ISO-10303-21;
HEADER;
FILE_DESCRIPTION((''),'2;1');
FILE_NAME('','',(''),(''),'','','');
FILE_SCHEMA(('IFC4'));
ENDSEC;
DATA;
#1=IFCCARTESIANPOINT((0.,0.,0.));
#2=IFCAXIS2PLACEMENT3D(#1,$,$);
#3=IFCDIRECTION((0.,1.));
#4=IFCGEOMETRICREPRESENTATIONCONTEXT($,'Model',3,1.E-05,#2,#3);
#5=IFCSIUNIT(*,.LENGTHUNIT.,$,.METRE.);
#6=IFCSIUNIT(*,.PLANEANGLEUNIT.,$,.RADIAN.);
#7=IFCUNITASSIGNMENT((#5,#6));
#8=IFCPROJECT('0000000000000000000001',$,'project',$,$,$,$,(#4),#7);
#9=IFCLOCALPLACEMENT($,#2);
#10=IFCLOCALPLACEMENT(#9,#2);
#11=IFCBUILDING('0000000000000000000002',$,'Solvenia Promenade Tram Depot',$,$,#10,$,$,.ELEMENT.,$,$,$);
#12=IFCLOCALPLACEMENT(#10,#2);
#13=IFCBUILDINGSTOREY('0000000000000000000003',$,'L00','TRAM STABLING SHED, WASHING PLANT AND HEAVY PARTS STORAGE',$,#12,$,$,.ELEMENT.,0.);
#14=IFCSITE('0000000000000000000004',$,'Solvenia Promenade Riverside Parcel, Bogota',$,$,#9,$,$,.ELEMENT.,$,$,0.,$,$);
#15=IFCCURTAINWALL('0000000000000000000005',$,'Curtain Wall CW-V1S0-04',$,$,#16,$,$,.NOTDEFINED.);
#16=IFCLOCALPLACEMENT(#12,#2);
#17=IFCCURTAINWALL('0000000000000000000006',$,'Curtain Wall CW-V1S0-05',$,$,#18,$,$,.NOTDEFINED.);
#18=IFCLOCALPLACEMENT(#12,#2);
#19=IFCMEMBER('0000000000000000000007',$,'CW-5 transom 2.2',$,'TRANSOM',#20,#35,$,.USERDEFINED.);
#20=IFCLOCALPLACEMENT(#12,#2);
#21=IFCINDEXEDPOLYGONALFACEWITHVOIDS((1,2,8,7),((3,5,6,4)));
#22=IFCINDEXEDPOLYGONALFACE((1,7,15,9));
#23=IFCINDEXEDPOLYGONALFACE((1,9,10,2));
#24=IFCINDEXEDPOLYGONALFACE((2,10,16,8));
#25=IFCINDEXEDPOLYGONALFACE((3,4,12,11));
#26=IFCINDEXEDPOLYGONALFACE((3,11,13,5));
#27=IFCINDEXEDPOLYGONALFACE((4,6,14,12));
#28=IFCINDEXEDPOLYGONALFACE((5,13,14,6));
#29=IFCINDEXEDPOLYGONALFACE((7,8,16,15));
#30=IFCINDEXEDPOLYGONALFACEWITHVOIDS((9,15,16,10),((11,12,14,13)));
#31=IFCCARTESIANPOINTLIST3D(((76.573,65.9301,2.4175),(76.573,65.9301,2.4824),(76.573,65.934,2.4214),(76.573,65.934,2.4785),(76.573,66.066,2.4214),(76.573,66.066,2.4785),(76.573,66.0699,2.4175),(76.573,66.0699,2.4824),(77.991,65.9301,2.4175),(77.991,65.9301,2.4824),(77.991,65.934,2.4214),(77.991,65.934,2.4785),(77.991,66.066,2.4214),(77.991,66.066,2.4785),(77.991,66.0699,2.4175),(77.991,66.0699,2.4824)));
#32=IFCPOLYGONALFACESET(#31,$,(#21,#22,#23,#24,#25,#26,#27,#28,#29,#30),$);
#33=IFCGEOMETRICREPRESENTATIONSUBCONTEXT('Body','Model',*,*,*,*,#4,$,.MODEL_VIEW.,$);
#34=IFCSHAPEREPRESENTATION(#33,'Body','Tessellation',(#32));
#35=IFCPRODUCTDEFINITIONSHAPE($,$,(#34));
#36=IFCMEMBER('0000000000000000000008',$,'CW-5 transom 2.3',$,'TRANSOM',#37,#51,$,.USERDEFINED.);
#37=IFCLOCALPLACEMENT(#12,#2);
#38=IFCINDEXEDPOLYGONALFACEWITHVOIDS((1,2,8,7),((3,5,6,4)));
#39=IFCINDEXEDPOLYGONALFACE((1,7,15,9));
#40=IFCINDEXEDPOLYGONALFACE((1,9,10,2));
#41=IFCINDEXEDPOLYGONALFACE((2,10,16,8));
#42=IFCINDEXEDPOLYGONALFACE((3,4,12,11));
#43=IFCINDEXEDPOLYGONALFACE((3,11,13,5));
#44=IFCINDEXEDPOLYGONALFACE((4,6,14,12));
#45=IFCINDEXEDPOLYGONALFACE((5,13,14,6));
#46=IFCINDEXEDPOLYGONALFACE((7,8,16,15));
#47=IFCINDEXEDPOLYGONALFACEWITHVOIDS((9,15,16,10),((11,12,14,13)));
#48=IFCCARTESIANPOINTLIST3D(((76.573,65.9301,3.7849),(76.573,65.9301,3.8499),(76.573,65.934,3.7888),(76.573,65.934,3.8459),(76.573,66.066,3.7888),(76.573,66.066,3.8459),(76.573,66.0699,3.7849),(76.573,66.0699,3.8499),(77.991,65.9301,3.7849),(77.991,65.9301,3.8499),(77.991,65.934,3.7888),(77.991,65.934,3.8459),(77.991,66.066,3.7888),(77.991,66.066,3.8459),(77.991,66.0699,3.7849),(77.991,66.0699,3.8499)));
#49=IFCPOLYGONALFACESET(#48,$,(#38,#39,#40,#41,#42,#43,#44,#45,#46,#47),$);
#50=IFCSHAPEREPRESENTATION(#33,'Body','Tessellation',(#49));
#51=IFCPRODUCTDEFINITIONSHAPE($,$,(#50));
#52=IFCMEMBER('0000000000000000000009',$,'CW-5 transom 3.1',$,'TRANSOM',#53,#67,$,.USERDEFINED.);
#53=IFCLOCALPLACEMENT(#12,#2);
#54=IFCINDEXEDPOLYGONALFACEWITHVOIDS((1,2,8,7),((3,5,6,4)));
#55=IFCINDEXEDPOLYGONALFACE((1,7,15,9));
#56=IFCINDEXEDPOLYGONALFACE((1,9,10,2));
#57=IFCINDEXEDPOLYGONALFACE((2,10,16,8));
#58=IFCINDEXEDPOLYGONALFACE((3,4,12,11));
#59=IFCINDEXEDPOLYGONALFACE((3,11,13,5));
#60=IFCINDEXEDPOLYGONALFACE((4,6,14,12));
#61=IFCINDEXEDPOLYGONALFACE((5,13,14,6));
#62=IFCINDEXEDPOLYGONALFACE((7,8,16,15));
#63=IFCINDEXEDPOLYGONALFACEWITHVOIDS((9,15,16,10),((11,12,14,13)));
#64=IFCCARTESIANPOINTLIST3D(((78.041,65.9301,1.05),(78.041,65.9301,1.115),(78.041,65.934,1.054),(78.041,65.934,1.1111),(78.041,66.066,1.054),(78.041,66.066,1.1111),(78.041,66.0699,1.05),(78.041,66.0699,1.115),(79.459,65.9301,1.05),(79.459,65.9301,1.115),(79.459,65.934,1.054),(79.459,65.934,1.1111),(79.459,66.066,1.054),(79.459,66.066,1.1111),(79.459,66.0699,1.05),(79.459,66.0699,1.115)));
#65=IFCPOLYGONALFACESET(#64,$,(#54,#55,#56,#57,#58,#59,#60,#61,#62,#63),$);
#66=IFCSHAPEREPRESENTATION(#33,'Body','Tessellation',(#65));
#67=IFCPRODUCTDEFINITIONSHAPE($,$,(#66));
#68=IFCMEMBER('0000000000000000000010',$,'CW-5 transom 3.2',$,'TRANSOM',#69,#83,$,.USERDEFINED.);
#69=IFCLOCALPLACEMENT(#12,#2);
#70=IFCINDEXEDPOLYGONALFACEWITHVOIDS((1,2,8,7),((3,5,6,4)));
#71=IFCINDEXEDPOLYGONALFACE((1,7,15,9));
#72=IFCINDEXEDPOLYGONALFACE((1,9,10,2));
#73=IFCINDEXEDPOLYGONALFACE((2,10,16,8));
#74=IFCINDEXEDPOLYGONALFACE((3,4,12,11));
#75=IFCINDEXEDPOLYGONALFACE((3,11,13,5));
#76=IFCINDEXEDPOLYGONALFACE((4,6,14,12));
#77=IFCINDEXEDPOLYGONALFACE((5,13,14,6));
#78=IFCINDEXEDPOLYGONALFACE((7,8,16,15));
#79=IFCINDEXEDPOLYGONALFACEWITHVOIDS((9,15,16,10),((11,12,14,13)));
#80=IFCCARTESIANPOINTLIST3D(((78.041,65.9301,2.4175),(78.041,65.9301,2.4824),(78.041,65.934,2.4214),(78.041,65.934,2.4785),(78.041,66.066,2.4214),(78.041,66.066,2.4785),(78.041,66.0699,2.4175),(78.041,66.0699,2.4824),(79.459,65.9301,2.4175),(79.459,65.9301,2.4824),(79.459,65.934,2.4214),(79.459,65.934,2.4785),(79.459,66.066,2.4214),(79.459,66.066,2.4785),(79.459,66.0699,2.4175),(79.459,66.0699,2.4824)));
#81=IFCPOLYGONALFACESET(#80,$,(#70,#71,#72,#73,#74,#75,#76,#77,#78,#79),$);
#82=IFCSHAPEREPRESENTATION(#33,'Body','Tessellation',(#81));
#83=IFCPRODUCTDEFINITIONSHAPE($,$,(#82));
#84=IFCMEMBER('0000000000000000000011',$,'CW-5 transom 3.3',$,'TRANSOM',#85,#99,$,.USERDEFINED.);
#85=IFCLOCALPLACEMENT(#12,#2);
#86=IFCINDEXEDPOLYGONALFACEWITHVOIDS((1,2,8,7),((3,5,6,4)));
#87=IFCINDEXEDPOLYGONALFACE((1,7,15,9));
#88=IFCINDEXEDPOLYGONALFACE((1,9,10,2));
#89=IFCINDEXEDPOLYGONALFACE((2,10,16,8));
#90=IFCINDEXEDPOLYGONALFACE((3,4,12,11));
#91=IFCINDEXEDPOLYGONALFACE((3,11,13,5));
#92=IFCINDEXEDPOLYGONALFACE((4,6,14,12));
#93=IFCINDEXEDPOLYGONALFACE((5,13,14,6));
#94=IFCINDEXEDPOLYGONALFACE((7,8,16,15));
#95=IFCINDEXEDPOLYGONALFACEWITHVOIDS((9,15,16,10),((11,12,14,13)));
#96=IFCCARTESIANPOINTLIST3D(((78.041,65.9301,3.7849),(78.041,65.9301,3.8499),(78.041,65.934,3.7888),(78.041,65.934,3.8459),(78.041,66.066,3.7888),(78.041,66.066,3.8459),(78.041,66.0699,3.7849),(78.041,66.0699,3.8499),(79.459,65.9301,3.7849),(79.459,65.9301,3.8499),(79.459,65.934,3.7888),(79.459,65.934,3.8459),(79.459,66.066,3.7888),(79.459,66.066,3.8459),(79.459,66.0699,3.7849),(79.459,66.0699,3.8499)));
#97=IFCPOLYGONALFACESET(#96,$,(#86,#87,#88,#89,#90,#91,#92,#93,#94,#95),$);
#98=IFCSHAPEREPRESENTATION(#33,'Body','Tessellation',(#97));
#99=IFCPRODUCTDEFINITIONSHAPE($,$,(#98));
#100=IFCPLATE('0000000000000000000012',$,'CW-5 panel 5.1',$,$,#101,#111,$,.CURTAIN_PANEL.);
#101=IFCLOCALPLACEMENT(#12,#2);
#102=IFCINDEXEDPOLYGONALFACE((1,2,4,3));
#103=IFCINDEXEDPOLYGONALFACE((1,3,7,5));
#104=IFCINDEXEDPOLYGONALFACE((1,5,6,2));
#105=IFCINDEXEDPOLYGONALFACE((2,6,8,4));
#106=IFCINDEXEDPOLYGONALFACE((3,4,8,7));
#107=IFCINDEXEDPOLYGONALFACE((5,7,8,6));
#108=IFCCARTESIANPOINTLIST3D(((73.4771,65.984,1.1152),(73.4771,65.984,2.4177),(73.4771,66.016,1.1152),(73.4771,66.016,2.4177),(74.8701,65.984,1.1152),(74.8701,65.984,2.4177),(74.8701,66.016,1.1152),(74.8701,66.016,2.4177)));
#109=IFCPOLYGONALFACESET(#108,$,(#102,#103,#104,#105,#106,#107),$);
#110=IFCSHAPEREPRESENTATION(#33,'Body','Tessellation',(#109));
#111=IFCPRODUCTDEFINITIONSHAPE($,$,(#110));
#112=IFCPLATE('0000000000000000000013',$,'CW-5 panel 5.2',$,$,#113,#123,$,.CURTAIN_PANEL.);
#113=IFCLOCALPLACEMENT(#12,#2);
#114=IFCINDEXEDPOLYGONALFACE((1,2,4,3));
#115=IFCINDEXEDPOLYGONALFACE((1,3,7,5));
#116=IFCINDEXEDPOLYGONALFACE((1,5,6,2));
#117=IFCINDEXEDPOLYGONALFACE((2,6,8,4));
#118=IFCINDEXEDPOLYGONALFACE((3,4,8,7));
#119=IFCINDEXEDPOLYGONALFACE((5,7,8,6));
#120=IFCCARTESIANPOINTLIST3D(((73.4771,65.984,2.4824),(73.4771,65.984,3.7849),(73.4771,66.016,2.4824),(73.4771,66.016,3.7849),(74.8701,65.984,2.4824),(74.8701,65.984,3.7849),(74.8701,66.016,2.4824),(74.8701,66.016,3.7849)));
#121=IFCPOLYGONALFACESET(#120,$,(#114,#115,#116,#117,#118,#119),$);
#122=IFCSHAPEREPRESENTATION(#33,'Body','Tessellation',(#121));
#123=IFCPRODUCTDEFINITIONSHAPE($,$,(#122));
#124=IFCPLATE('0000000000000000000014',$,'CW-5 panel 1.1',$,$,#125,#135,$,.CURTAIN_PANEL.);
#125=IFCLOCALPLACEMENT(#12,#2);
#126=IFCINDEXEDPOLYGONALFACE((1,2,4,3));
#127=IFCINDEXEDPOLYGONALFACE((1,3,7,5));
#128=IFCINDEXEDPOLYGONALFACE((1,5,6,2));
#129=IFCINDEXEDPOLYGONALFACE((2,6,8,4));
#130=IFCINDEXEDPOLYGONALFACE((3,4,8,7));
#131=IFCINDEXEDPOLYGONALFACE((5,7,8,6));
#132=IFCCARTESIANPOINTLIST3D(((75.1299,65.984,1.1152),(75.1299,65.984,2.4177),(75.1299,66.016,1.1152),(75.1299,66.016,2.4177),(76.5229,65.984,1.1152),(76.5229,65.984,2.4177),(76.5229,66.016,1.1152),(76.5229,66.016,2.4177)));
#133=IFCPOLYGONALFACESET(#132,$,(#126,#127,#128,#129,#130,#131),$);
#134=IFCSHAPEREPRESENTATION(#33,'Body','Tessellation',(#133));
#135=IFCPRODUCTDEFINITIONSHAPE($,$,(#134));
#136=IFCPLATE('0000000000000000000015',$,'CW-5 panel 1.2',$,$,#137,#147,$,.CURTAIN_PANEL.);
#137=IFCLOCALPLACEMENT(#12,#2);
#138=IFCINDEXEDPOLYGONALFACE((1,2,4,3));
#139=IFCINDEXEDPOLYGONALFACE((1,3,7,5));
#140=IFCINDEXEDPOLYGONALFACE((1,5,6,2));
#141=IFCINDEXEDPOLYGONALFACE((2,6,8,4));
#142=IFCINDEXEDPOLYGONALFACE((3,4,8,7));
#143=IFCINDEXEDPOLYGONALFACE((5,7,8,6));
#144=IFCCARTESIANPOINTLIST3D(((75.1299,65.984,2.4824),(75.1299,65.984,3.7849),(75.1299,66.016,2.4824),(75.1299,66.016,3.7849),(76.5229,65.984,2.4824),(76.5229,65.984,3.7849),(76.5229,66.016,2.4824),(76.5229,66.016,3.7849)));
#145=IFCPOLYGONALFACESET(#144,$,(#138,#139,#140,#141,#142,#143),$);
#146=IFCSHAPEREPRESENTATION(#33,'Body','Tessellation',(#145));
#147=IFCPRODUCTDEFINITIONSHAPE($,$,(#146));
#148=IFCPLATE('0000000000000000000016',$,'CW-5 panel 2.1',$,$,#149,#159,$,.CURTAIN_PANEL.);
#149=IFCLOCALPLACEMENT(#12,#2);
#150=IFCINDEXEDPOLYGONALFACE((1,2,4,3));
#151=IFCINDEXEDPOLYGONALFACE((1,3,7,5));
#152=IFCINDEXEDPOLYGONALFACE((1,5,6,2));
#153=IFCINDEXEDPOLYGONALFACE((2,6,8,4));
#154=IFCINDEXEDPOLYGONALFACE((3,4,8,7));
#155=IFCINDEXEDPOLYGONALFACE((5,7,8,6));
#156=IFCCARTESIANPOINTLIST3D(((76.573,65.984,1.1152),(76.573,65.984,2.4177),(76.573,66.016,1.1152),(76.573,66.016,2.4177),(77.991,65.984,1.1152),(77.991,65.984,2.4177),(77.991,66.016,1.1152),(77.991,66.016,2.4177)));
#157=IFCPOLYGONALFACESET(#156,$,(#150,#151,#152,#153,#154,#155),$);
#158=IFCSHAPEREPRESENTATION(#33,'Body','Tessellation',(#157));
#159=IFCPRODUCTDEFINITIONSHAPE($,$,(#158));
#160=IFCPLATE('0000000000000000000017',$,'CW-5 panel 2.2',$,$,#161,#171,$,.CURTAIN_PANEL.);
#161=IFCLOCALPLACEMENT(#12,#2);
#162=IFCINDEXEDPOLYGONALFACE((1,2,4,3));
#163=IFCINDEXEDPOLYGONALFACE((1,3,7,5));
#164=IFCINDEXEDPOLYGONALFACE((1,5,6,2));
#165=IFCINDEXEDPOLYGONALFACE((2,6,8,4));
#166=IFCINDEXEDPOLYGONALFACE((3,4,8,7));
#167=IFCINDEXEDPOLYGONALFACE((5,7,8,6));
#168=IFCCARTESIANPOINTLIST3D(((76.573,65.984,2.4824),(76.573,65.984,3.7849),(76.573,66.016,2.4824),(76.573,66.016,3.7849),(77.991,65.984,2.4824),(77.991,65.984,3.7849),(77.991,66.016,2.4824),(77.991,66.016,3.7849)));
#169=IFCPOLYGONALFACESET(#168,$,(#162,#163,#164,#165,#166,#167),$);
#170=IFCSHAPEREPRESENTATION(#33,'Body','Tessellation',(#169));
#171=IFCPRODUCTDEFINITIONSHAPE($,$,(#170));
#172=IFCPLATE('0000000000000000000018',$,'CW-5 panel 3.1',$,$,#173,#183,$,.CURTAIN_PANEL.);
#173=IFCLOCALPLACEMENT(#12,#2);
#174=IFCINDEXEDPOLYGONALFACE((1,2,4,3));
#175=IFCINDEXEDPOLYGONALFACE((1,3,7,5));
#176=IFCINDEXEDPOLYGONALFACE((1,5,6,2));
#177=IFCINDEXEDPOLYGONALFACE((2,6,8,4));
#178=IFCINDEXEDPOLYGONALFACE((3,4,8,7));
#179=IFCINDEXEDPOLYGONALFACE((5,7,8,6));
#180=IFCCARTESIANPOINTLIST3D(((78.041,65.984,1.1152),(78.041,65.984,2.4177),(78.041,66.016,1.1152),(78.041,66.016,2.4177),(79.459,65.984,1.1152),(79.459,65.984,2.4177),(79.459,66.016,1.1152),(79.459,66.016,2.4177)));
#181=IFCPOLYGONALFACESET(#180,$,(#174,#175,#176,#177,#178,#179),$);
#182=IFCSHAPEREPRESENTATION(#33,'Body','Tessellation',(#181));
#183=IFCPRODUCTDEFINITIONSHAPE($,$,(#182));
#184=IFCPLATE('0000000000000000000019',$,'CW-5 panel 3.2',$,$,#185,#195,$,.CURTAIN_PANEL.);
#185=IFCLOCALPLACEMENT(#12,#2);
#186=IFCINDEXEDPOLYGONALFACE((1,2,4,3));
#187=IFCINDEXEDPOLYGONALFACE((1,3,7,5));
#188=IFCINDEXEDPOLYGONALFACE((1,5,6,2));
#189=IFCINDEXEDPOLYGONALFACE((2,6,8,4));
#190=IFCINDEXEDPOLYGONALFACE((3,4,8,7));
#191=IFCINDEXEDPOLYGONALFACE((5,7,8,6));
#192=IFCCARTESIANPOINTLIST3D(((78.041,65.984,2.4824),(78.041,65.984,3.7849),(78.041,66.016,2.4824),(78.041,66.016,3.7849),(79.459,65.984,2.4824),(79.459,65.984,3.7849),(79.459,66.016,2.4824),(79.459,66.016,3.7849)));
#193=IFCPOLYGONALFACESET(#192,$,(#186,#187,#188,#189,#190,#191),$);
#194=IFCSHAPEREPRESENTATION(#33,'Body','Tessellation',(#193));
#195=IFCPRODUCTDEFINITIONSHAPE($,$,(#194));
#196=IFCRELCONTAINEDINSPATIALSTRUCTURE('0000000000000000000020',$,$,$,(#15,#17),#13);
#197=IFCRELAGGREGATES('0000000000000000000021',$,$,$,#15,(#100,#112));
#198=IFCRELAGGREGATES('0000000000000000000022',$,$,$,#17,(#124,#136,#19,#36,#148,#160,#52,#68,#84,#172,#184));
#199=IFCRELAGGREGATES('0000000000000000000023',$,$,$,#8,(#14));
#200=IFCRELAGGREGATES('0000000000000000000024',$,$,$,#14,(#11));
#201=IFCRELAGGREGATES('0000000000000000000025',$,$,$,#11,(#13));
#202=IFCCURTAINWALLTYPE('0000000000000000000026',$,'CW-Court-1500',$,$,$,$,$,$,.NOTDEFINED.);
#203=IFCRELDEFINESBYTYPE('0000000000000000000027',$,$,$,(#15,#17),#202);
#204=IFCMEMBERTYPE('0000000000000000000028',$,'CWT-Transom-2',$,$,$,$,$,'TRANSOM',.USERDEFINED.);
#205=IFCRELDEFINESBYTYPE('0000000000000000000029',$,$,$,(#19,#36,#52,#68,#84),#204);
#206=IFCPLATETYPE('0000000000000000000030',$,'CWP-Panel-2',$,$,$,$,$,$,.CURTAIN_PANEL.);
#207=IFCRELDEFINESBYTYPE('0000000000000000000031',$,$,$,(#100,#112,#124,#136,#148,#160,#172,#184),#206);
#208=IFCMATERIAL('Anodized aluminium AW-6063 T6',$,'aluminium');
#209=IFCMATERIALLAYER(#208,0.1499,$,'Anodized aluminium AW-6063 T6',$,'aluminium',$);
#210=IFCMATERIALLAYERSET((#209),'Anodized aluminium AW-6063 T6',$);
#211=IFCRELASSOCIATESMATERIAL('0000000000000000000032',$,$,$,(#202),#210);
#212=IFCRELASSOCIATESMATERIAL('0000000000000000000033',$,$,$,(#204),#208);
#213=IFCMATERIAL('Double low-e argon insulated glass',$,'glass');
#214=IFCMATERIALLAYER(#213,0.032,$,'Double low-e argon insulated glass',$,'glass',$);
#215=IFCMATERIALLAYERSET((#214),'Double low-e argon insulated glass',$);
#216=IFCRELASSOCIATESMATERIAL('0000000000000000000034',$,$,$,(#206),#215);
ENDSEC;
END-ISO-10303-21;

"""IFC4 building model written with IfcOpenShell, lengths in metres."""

from ifc_helpers import new_model, si_unit, direction, frame, origin, origin_2d, place, context, subcontext, project, spatial, rectangle, hollow_rectangle, extrude, material, layer, layer_set, material_profile, profile_set, type_object, element, aggregate, save


model = new_model("IFC4")

# Units and contexts
model_context = context("Model", 3, precision=1e-05, world=origin(), true_north=direction((0.0, 1.0)))
body_context = subcontext(model_context, "Body", "Model", "MODEL_VIEW")
ifc_project = project(units=[si_unit("LENGTHUNIT", "METRE"), si_unit("PLANEANGLEUNIT", "RADIAN")], contexts=[model_context])

# Site, building, storey
site_placement = place(None, origin())
site = spatial("IfcSite", under=ifc_project, at=site_placement, Name="Solvenia Promenade Riverside Parcel, Bogota", CompositionType="ELEMENT", RefElevation=0.0)
building_placement = place(site_placement, origin())
building = spatial("IfcBuilding", under=site, at=building_placement, Name="Solvenia Promenade Tram Depot", CompositionType="ELEMENT")
storey_placement = place(building_placement, origin())
storey = spatial("IfcBuildingStorey", under=building, at=storey_placement, Name="L00", Description="TRAM STABLING SHED, WASHING PLANT AND HEAVY PARTS STORAGE", CompositionType="ELEMENT", Elevation=0.0)

# Curtain walls
ifc_material_1 = material(Name="Anodized aluminium AW-6063 T6", Category="aluminium")
ifc_layer_1 = layer(ifc_material_1, 0.1499, Name="Anodized aluminium AW-6063 T6", Category="aluminium")
ifc_layer_set_1 = layer_set([ifc_layer_1], Name="Anodized aluminium AW-6063 T6")
curtain_wall_type = type_object("IfcCurtainWallType", Name="CW-Court-1500", PredefinedType="NOTDEFINED", material=ifc_layer_set_1)
curtain_wall_1_placement = place(storey_placement, origin())
curtain_wall_1 = element("IfcCurtainWall", 1, at=curtain_wall_1_placement, inside=storey, type_object=curtain_wall_type, Name="Curtain Wall CW-V1S0-04", PredefinedType="NOTDEFINED")
curtain_wall_2_placement = place(storey_placement, origin())
curtain_wall_2 = element("IfcCurtainWall", 2, at=curtain_wall_2_placement, inside=storey, type_object=curtain_wall_type, Name="Curtain Wall CW-V1S0-05", PredefinedType="NOTDEFINED")

# Members
ifc_material_profile_1 = material_profile(ifc_material_1, hollow_rectangle(XDim=0.1399, YDim=0.0649, WallThickness=0.0039, at=origin_2d()), Name="ALU-T2", Category="aluminium")
ifc_profile_set_1 = profile_set([ifc_material_profile_1], Name="Anodized aluminium AW-6063 T6")
member_type_1 = type_object("IfcMemberType", Name="CWT-Transom-2", ElementType="TRANSOM", PredefinedType="USERDEFINED", material=ifc_profile_set_1)
member_1_placement = place(storey_placement, frame((76.573, 66.0, 2.45), z_axis=(1.0, 0.0, 0.0), x_axis=(0.0, 1.0, 0.0)))
member_1 = element("IfcMember", 3, at=member_1_placement, type_object=member_type_1, Name="CW-5 transom 2.2", ObjectType="TRANSOM", PredefinedType="USERDEFINED", context=body_context, shape_type="SweptSolid", body=[
    extrude(hollow_rectangle(XDim=0.1399, YDim=0.0649, WallThickness=0.0039, at=origin_2d()), origin(), (0.0, 0.0, 1.0), 1.418),
])
member_2_placement = place(storey_placement, frame((76.573, 66.0, 3.8174), z_axis=(1.0, 0.0, 0.0), x_axis=(0.0, 1.0, 0.0)))
member_2 = element("IfcMember", 4, at=member_2_placement, type_object=member_type_1, Name="CW-5 transom 2.3", ObjectType="TRANSOM", PredefinedType="USERDEFINED", context=body_context, shape_type="SweptSolid", body=[
    extrude(hollow_rectangle(XDim=0.1399, YDim=0.0649, WallThickness=0.0039, at=origin_2d()), origin(), (0.0, 0.0, 1.0), 1.418),
])
member_3_placement = place(storey_placement, frame((78.041, 66.0, 1.0825), z_axis=(1.0, 0.0, 0.0), x_axis=(0.0, 1.0, 0.0)))
member_3 = element("IfcMember", 5, at=member_3_placement, type_object=member_type_1, Name="CW-5 transom 3.1", ObjectType="TRANSOM", PredefinedType="USERDEFINED", context=body_context, shape_type="SweptSolid", body=[
    extrude(hollow_rectangle(XDim=0.1399, YDim=0.0649, WallThickness=0.0039, at=origin_2d()), origin(), (0.0, 0.0, 1.0), 1.418),
])
member_4_placement = place(storey_placement, frame((78.041, 66.0, 2.45), z_axis=(1.0, 0.0, 0.0), x_axis=(0.0, 1.0, 0.0)))
member_4 = element("IfcMember", 6, at=member_4_placement, type_object=member_type_1, Name="CW-5 transom 3.2", ObjectType="TRANSOM", PredefinedType="USERDEFINED", context=body_context, shape_type="SweptSolid", body=[
    extrude(hollow_rectangle(XDim=0.1399, YDim=0.0649, WallThickness=0.0039, at=origin_2d()), origin(), (0.0, 0.0, 1.0), 1.418),
])
member_5_placement = place(storey_placement, frame((78.041, 66.0, 3.8174), z_axis=(1.0, 0.0, 0.0), x_axis=(0.0, 1.0, 0.0)))
member_5 = element("IfcMember", 7, at=member_5_placement, type_object=member_type_1, Name="CW-5 transom 3.3", ObjectType="TRANSOM", PredefinedType="USERDEFINED", context=body_context, shape_type="SweptSolid", body=[
    extrude(hollow_rectangle(XDim=0.1399, YDim=0.0649, WallThickness=0.0039, at=origin_2d()), origin(), (0.0, 0.0, 1.0), 1.418),
])

# Plates
ifc_material_2 = material(Name="Double low-e argon insulated glass", Category="glass")
ifc_layer_2 = layer(ifc_material_2, 0.032, Name="Double low-e argon insulated glass", Category="glass")
ifc_layer_set_2 = layer_set([ifc_layer_2], Name="Double low-e argon insulated glass")
plate_type = type_object("IfcPlateType", Name="CWP-Panel-2", PredefinedType="CURTAIN_PANEL", material=ifc_layer_set_2)
plate_1_placement = place(storey_placement, frame((74.1736, 66.0, 1.1152), z_axis=(0.0, 0.0, 1.0), x_axis=(1.0, 0.0, 0.0)))
plate_1 = element("IfcPlate", 8, at=plate_1_placement, type_object=plate_type, Name="CW-5 panel 5.1", PredefinedType="CURTAIN_PANEL", context=body_context, shape_type="SweptSolid", body=[
    extrude(rectangle(XDim=1.3931, YDim=0.032, at=origin_2d()), origin(), (0.0, 0.0, 1.0), 1.3025),
])
plate_2_placement = place(storey_placement, frame((74.1736, 66.0, 2.4824), z_axis=(0.0, 0.0, 1.0), x_axis=(1.0, 0.0, 0.0)))
plate_2 = element("IfcPlate", 9, at=plate_2_placement, type_object=plate_type, Name="CW-5 panel 5.2", PredefinedType="CURTAIN_PANEL", context=body_context, shape_type="SweptSolid", body=[
    extrude(rectangle(XDim=1.3931, YDim=0.032, at=origin_2d()), origin(), (0.0, 0.0, 1.0), 1.3025),
])
aggregate(curtain_wall_1, [plate_1, plate_2])
plate_3_placement = place(storey_placement, frame((75.8264, 66.0, 1.1152), z_axis=(0.0, 0.0, 1.0), x_axis=(1.0, 0.0, 0.0)))
plate_3 = element("IfcPlate", 10, at=plate_3_placement, type_object=plate_type, Name="CW-5 panel 1.1", PredefinedType="CURTAIN_PANEL", context=body_context, shape_type="SweptSolid", body=[
    extrude(rectangle(XDim=1.3931, YDim=0.032, at=origin_2d()), origin(), (0.0, 0.0, 1.0), 1.3025),
])
plate_4_placement = place(storey_placement, frame((75.8264, 66.0, 2.4824), z_axis=(0.0, 0.0, 1.0), x_axis=(1.0, 0.0, 0.0)))
plate_4 = element("IfcPlate", 11, at=plate_4_placement, type_object=plate_type, Name="CW-5 panel 1.2", PredefinedType="CURTAIN_PANEL", context=body_context, shape_type="SweptSolid", body=[
    extrude(rectangle(XDim=1.3931, YDim=0.032, at=origin_2d()), origin(), (0.0, 0.0, 1.0), 1.3025),
])
plate_5_placement = place(storey_placement, frame((77.282, 66.0, 1.1152), z_axis=(0.0, 0.0, 1.0), x_axis=(1.0, 0.0, 0.0)))
plate_5 = element("IfcPlate", 12, at=plate_5_placement, type_object=plate_type, Name="CW-5 panel 2.1", PredefinedType="CURTAIN_PANEL", context=body_context, shape_type="SweptSolid", body=[
    extrude(rectangle(XDim=1.418, YDim=0.032, at=origin_2d()), origin(), (0.0, 0.0, 1.0), 1.3025),
])
plate_6_placement = place(storey_placement, frame((77.282, 66.0, 2.4824), z_axis=(0.0, 0.0, 1.0), x_axis=(1.0, 0.0, 0.0)))
plate_6 = element("IfcPlate", 13, at=plate_6_placement, type_object=plate_type, Name="CW-5 panel 2.2", PredefinedType="CURTAIN_PANEL", context=body_context, shape_type="SweptSolid", body=[
    extrude(rectangle(XDim=1.418, YDim=0.032, at=origin_2d()), origin(), (0.0, 0.0, 1.0), 1.3025),
])
plate_7_placement = place(storey_placement, frame((78.75, 66.0, 1.1152), z_axis=(0.0, 0.0, 1.0), x_axis=(1.0, 0.0, 0.0)))
plate_7 = element("IfcPlate", 14, at=plate_7_placement, type_object=plate_type, Name="CW-5 panel 3.1", PredefinedType="CURTAIN_PANEL", context=body_context, shape_type="SweptSolid", body=[
    extrude(rectangle(XDim=1.418, YDim=0.032, at=origin_2d()), origin(), (0.0, 0.0, 1.0), 1.3025),
])
plate_8_placement = place(storey_placement, frame((78.75, 66.0, 2.4824), z_axis=(0.0, 0.0, 1.0), x_axis=(1.0, 0.0, 0.0)))
plate_8 = element("IfcPlate", 15, at=plate_8_placement, type_object=plate_type, Name="CW-5 panel 3.2", PredefinedType="CURTAIN_PANEL", context=body_context, shape_type="SweptSolid", body=[
    extrude(rectangle(XDim=1.418, YDim=0.032, at=origin_2d()), origin(), (0.0, 0.0, 1.0), 1.3025),
])
aggregate(curtain_wall_2, [plate_3, plate_4, member_1, member_2, plate_5, plate_6, member_3, member_4, member_5, plate_7, plate_8])

save(model, "model.ifc")
